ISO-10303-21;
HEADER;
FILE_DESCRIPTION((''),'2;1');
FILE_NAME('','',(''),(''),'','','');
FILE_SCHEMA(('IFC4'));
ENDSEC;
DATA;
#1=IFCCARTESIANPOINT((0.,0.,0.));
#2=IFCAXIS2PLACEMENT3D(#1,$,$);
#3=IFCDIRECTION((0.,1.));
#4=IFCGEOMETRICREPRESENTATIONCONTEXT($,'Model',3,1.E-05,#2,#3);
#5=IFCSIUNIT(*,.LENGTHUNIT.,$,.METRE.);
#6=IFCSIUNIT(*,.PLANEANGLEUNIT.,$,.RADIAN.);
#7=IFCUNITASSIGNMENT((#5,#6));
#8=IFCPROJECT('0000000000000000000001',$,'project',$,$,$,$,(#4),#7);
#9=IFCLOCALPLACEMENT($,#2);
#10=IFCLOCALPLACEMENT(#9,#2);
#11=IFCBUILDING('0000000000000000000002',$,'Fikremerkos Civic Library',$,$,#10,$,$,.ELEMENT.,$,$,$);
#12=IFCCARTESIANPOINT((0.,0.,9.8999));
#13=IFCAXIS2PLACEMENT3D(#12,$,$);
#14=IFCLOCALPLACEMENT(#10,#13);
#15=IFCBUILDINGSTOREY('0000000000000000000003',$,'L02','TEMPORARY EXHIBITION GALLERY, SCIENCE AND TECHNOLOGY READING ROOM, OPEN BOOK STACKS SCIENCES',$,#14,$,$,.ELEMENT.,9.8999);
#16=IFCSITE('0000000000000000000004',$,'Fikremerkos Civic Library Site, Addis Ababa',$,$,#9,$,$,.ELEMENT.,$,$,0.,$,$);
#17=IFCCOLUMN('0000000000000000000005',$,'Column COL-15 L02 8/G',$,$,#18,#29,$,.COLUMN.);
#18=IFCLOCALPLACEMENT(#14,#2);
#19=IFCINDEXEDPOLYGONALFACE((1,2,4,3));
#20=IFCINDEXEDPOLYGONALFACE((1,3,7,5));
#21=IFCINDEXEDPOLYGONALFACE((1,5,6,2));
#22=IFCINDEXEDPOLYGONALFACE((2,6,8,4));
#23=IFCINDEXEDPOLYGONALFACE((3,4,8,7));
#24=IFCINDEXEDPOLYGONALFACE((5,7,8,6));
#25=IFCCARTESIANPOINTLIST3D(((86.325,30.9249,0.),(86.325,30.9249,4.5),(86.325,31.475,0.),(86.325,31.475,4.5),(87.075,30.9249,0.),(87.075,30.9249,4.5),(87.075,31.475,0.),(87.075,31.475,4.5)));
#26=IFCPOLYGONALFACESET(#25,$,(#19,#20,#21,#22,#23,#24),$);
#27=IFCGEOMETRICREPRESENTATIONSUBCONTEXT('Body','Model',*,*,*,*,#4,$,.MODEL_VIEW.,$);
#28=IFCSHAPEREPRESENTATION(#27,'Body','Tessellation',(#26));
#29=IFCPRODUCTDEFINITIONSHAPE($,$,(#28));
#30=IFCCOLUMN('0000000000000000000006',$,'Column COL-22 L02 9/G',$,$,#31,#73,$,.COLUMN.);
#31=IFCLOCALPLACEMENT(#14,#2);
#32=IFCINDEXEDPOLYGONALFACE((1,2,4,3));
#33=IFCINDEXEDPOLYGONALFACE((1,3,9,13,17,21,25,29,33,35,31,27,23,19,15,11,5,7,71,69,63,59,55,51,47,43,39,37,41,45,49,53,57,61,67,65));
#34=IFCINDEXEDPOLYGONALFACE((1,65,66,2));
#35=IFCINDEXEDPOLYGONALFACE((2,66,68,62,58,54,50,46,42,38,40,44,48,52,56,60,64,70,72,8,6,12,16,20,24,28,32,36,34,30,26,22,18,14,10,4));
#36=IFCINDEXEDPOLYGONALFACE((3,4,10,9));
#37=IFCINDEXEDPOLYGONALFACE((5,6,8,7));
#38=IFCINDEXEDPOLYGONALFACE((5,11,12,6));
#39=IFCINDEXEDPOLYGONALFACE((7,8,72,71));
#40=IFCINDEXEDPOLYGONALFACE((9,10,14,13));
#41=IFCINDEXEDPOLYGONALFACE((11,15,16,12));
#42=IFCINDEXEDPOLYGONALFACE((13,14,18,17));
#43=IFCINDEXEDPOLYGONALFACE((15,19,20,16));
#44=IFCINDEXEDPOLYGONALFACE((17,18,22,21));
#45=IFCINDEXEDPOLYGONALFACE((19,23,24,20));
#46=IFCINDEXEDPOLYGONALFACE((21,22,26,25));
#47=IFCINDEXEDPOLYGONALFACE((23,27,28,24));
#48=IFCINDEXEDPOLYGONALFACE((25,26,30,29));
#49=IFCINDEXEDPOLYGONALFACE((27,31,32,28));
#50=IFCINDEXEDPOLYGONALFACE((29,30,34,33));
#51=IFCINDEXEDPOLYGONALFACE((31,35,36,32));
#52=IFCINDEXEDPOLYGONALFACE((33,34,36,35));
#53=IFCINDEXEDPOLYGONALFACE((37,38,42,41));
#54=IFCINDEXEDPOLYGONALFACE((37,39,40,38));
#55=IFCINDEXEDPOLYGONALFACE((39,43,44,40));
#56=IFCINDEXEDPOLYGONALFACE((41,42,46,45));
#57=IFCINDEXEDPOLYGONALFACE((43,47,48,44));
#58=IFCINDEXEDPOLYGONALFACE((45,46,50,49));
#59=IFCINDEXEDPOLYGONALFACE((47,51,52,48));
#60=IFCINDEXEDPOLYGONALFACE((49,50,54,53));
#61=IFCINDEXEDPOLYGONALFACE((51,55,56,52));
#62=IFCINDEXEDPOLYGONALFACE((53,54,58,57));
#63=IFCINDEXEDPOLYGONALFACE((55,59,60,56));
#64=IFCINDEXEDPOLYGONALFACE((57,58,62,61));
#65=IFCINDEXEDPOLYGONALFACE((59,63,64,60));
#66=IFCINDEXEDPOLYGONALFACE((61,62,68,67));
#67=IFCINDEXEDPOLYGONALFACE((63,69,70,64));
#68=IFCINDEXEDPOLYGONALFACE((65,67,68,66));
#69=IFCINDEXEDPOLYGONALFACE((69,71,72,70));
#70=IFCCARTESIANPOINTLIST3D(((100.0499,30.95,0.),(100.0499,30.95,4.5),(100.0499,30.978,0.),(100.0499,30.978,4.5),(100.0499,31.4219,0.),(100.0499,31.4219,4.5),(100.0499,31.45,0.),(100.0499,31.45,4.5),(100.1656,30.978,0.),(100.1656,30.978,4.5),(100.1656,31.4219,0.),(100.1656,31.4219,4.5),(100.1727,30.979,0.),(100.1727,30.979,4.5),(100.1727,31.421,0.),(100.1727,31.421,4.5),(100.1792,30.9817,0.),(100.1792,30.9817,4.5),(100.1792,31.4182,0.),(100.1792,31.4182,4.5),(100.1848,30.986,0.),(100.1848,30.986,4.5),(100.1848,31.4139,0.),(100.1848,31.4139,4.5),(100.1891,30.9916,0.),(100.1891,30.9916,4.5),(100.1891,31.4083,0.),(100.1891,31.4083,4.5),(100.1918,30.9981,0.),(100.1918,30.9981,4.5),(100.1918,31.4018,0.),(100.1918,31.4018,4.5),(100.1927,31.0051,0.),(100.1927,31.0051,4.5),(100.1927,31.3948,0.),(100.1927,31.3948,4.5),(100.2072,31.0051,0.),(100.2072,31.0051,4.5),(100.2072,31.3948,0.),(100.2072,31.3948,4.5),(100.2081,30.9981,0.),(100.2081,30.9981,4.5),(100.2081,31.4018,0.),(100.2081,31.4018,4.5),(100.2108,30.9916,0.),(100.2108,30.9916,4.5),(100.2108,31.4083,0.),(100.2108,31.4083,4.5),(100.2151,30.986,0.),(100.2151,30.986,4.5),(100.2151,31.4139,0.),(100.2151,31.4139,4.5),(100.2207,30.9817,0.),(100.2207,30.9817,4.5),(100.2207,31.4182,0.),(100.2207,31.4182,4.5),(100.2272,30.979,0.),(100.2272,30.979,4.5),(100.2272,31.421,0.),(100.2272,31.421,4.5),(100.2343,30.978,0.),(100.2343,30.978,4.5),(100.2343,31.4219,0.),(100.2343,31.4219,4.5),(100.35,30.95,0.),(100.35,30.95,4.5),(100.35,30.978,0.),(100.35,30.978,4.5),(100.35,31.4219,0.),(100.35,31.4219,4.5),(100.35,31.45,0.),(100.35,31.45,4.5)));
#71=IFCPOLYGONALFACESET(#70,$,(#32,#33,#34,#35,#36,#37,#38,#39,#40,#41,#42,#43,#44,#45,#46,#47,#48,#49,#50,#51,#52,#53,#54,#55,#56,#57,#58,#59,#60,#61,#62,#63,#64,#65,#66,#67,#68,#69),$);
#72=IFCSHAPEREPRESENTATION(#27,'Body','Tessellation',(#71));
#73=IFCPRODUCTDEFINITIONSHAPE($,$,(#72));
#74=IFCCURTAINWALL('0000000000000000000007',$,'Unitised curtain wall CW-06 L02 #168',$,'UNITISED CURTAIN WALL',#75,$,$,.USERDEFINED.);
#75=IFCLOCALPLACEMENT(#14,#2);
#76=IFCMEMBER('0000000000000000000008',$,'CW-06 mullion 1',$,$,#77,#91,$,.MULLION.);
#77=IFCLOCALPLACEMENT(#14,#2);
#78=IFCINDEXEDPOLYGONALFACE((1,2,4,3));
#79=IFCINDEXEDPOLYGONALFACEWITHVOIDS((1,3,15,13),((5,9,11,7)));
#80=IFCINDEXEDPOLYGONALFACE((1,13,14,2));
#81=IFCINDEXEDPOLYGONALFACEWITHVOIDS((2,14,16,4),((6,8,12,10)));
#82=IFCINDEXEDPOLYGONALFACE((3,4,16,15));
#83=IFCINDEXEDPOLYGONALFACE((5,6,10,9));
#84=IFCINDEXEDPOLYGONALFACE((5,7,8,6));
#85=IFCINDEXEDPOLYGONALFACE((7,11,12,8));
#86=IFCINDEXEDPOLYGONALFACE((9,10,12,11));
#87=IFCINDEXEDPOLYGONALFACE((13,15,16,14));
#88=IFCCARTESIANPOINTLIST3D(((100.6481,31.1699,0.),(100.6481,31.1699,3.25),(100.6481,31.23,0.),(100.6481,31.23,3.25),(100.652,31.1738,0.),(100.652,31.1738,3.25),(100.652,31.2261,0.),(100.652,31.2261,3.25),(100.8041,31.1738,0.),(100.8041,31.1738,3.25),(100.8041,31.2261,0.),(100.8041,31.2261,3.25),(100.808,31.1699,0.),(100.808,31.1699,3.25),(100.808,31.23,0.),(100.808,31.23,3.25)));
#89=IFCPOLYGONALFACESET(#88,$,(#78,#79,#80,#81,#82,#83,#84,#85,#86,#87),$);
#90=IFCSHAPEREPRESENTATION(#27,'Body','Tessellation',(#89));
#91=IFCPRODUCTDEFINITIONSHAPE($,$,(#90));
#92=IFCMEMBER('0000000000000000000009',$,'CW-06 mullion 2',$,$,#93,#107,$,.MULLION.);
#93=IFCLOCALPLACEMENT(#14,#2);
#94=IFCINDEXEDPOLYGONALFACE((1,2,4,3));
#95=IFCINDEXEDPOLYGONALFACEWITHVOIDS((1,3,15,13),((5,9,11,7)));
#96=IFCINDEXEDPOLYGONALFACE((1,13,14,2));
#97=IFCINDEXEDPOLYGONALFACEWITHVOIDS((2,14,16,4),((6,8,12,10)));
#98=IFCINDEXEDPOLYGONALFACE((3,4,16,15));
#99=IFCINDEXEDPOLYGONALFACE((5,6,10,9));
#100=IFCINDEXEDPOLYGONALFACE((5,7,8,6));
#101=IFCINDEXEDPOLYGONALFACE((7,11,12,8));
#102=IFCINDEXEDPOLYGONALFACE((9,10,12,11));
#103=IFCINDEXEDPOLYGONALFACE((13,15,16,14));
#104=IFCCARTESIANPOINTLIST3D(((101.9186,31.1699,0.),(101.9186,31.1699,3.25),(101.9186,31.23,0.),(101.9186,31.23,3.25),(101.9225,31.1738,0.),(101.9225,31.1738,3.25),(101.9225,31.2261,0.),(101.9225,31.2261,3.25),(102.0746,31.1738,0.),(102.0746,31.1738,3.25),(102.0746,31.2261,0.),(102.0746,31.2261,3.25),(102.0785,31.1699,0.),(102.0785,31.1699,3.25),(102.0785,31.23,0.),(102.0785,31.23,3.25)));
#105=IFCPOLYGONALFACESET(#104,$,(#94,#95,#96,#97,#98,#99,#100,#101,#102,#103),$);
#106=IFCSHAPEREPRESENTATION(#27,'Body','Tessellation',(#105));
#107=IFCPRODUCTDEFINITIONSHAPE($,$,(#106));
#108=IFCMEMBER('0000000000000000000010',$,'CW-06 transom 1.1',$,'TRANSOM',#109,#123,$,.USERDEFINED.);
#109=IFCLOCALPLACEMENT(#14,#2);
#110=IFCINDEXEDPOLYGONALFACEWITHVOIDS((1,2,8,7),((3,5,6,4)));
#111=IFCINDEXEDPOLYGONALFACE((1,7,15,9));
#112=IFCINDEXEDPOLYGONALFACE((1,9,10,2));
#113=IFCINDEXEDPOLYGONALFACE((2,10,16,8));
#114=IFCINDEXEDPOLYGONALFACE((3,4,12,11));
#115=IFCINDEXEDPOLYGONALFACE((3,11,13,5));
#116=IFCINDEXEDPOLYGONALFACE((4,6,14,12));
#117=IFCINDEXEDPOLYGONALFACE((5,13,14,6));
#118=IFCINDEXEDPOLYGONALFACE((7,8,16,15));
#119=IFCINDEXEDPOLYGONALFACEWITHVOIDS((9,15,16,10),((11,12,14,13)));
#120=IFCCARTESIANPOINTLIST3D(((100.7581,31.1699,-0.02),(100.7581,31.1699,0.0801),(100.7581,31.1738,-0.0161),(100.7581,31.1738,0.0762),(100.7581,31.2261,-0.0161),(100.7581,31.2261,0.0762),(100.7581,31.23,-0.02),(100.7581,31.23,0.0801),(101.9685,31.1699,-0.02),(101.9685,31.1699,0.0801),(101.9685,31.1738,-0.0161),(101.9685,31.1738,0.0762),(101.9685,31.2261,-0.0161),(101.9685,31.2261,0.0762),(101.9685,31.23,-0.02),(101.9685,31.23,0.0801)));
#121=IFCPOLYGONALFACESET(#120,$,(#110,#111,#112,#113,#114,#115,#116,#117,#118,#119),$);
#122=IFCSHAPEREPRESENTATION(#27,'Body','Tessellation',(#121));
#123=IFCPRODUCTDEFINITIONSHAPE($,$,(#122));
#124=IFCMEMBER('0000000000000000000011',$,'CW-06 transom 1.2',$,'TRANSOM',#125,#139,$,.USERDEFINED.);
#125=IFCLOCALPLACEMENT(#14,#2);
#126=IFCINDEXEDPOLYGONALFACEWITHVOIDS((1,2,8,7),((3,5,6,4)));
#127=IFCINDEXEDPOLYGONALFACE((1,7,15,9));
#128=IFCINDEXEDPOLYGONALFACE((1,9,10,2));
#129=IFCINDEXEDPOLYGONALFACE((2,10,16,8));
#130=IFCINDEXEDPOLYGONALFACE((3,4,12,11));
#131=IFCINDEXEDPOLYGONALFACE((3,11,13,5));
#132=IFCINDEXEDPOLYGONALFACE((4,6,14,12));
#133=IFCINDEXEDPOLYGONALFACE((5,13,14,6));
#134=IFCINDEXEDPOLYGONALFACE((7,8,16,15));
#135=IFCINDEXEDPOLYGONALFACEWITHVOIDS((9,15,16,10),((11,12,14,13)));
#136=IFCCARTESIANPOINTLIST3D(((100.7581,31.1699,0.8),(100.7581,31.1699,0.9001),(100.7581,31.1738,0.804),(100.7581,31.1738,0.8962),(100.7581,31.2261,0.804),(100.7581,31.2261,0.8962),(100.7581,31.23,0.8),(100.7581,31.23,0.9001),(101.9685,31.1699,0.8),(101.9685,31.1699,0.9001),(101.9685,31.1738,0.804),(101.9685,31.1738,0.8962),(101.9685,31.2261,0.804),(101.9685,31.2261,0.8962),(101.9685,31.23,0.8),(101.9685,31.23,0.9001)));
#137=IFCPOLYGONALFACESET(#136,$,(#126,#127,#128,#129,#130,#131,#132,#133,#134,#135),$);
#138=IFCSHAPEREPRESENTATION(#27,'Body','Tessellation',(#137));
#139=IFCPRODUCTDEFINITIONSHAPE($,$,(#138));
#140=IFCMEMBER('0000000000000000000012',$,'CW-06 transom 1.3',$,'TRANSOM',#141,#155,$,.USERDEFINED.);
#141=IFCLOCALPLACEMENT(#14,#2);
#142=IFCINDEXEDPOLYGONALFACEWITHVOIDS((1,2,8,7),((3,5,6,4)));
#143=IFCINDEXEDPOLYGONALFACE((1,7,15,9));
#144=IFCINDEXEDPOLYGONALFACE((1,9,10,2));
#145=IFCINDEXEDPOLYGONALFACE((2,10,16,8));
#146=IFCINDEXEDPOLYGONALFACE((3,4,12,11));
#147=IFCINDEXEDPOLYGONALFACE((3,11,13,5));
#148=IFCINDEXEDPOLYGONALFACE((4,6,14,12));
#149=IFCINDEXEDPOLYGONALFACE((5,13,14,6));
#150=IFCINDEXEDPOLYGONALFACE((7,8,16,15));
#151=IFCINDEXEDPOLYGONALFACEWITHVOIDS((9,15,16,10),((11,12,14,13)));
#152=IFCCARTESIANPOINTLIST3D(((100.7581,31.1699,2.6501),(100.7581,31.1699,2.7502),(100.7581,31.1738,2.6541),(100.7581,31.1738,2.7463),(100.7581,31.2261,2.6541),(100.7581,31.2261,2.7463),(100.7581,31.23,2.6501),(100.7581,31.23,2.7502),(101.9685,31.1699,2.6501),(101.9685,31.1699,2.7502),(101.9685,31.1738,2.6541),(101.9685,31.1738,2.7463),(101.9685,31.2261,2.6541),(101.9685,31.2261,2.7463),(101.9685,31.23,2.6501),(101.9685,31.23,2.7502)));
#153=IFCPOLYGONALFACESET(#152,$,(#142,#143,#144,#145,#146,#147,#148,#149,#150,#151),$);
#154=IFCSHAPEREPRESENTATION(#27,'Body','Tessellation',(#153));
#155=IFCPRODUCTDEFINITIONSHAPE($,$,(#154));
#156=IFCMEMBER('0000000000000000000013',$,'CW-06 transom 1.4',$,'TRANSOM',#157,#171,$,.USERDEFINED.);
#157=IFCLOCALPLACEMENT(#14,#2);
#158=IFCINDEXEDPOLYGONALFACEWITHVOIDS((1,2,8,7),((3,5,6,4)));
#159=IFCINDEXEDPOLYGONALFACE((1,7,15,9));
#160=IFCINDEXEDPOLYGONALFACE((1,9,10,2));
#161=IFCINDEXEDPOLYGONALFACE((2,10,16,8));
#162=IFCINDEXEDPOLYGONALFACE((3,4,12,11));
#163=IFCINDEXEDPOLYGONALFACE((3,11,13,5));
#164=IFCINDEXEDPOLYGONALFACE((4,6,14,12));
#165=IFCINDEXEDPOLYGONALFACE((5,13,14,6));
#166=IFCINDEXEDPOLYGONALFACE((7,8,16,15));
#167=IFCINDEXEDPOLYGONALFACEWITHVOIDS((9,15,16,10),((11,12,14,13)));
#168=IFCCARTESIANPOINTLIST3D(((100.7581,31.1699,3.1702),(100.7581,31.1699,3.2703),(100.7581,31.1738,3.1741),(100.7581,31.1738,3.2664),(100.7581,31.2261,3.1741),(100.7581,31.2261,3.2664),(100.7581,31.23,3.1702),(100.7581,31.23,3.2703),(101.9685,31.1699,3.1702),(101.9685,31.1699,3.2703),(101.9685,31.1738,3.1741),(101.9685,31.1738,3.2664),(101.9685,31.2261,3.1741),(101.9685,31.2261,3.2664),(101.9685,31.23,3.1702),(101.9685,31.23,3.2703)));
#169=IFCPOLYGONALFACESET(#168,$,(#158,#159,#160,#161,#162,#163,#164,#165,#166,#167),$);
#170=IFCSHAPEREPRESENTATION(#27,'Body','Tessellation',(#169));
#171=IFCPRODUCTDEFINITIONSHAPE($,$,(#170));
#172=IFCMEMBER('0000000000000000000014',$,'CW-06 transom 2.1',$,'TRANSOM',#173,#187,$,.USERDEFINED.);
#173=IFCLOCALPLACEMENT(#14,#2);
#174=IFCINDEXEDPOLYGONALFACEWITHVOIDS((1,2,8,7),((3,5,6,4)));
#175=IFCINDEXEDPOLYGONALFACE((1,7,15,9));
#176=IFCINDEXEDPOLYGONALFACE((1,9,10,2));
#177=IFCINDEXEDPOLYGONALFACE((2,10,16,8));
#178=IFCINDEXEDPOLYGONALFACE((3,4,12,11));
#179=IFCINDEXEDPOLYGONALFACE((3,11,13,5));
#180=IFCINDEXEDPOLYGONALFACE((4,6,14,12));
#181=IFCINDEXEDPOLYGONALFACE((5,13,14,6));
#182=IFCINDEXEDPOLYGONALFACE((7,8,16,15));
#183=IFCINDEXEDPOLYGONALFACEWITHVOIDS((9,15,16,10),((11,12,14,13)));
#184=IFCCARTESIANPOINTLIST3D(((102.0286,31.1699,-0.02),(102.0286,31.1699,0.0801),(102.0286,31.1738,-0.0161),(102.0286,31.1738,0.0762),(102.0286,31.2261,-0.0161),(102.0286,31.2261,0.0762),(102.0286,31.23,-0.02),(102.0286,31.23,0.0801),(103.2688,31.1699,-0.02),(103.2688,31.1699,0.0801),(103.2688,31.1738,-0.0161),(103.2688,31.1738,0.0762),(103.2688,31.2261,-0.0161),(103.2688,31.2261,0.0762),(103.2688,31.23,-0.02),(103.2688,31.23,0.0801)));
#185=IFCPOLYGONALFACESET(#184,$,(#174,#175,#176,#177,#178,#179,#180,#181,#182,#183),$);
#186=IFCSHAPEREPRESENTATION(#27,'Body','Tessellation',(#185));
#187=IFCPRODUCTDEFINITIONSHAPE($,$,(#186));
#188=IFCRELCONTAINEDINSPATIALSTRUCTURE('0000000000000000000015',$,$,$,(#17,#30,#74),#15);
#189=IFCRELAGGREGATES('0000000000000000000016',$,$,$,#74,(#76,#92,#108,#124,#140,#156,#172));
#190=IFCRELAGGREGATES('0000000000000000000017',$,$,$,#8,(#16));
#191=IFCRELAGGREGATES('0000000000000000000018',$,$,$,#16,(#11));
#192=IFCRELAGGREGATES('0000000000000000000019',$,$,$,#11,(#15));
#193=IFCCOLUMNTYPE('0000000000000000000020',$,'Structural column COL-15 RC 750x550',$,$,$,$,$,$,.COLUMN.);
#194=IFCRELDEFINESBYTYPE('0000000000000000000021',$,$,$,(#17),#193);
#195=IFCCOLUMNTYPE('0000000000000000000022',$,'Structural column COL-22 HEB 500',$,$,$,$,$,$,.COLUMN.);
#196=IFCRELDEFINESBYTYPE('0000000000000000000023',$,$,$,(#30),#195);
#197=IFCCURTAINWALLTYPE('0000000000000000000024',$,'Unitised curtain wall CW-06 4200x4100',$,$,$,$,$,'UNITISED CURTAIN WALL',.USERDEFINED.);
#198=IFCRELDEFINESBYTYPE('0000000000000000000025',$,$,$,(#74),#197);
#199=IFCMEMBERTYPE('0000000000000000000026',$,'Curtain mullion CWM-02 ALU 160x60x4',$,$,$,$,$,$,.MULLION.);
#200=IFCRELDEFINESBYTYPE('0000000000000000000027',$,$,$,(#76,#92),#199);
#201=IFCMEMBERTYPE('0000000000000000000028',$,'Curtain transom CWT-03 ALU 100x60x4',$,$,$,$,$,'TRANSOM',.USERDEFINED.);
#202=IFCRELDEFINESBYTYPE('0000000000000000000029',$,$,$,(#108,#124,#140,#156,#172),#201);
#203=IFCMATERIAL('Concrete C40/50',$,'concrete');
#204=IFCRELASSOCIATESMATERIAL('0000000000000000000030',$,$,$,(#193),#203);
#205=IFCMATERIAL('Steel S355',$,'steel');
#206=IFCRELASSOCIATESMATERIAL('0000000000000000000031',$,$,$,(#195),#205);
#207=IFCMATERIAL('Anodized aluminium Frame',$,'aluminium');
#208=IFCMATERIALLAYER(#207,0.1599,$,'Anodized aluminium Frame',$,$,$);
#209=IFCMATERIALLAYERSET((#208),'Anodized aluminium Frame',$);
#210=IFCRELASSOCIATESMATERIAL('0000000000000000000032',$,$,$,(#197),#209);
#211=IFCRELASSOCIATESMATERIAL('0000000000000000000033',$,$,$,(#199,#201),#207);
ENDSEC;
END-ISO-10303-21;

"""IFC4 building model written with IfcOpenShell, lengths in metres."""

from ifc_helpers import new_model, si_unit, direction, frame, origin, origin_2d, place, context, subcontext, project, spatial, rectangle, hollow_rectangle, i_section, extrude, material, layer, layer_set, material_profile, profile_set, type_object, element, aggregate, save


model = new_model("IFC4")

# Units and contexts
model_context = context("Model", 3, precision=1e-05, world=origin(), true_north=direction((0.0, 1.0)))
body_context = subcontext(model_context, "Body", "Model", "MODEL_VIEW")
ifc_project = project(units=[si_unit("LENGTHUNIT", "METRE"), si_unit("PLANEANGLEUNIT", "RADIAN")], contexts=[model_context])

# Site, building, storey
site_placement = place(None, origin())
site = spatial("IfcSite", under=ifc_project, at=site_placement, Name="Fikremerkos Civic Library Site, Addis Ababa", CompositionType="ELEMENT", RefElevation=0.0)
building_placement = place(site_placement, origin())
building = spatial("IfcBuilding", under=site, at=building_placement, Name="Fikremerkos Civic Library", CompositionType="ELEMENT")
storey_placement = place(building_placement, frame((0.0, 0.0, 9.8999)))
storey = spatial("IfcBuildingStorey", under=building, at=storey_placement, Name="L02", Description="TEMPORARY EXHIBITION GALLERY, SCIENCE AND TECHNOLOGY READING ROOM, OPEN BOOK STACKS SCIENCES", CompositionType="ELEMENT", Elevation=9.8999)

# Columns
ifc_material_1 = material(Name="Concrete C40/50", Category="concrete")
ifc_material_profile_1 = material_profile(ifc_material_1, rectangle(XDim=0.75, YDim=0.55, at=origin_2d()), Name="RC 750x550")
ifc_profile_set_1 = profile_set([ifc_material_profile_1], Name="Concrete C40/50")
column_type_1 = type_object("IfcColumnType", Name="Structural column COL-15 RC 750x550", PredefinedType="COLUMN", material=ifc_profile_set_1)
column_1_placement = place(storey_placement, frame((86.7, 31.2, 0.0), z_axis=(0.0, 0.0, 1.0), x_axis=(1.0, 0.0, 0.0)))
element("IfcColumn", 1, at=column_1_placement, inside=storey, type_object=column_type_1, Name="Column COL-15 L02 8/G", PredefinedType="COLUMN", context=body_context, shape_type="SweptSolid", body=[
    extrude(rectangle(XDim=0.75, YDim=0.55, at=origin_2d()), origin(), (0.0, 0.0, 1.0), 4.5),
])
ifc_material_2 = material(Name="Steel S355", Category="steel")
ifc_material_profile_2 = material_profile(ifc_material_2, i_section(OverallWidth=0.3, OverallDepth=0.5, WebThickness=0.0144, FlangeThickness=0.0281, FilletRadius=0.0271, at=origin_2d()), Name="HEB 500")
ifc_profile_set_2 = profile_set([ifc_material_profile_2], Name="Steel S355")
column_type_2 = type_object("IfcColumnType", Name="Structural column COL-22 HEB 500", PredefinedType="COLUMN", material=ifc_profile_set_2)
column_2_placement = place(storey_placement, frame((100.2, 31.2, 0.0), z_axis=(0.0, 0.0, 1.0), x_axis=(1.0, 0.0, 0.0)))
element("IfcColumn", 2, at=column_2_placement, inside=storey, type_object=column_type_2, Name="Column COL-22 L02 9/G", PredefinedType="COLUMN", context=body_context, shape_type="SweptSolid", body=[
    extrude(i_section(OverallWidth=0.3, OverallDepth=0.5, WebThickness=0.0144, FlangeThickness=0.0281, FilletRadius=0.0271, at=origin_2d()), origin(), (0.0, 0.0, 1.0), 4.5),
])

# Curtain wall, members
ifc_material_3 = material(Name="Anodized aluminium Frame", Category="aluminium")
ifc_layer_1 = layer(ifc_material_3, 0.1599, Name="Anodized aluminium Frame")
ifc_layer_set_1 = layer_set([ifc_layer_1], Name="Anodized aluminium Frame")
curtain_wall_type = type_object("IfcCurtainWallType", Name="Unitised curtain wall CW-06 4200x4100", ElementType="UNITISED CURTAIN WALL", PredefinedType="USERDEFINED", material=ifc_layer_set_1)
curtain_wall_placement = place(storey_placement, origin())
curtain_wall = element("IfcCurtainWall", 3, at=curtain_wall_placement, inside=storey, type_object=curtain_wall_type, Name="Unitised curtain wall CW-06 L02 #168", ObjectType="UNITISED CURTAIN WALL", PredefinedType="USERDEFINED")
ifc_material_profile_3 = material_profile(ifc_material_3, hollow_rectangle(XDim=0.0601, YDim=0.1599, WallThickness=0.0039, at=origin_2d()), Name="ALU 160x60x4")
ifc_profile_set_3 = profile_set([ifc_material_profile_3], Name="Anodized aluminium Frame")
member_type_1 = type_object("IfcMemberType", Name="Curtain mullion CWM-02 ALU 160x60x4", PredefinedType="MULLION", material=ifc_profile_set_3)
member_1_placement = place(storey_placement, frame((100.728, 31.2, 0.0), z_axis=(0.0, 0.0, 1.0), x_axis=(0.0, 1.0, 0.0)))
member_1 = element("IfcMember", 4, at=member_1_placement, type_object=member_type_1, Name="CW-06 mullion 1", PredefinedType="MULLION", context=body_context, shape_type="SweptSolid", body=[
    extrude(hollow_rectangle(XDim=0.0601, YDim=0.1599, WallThickness=0.0039, at=origin_2d()), origin(), (0.0, 0.0, 1.0), 3.25),
])
member_2_placement = place(storey_placement, frame((101.9985, 31.2, 0.0), z_axis=(0.0, 0.0, 1.0), x_axis=(0.0, 1.0, 0.0)))
member_2 = element("IfcMember", 5, at=member_2_placement, type_object=member_type_1, Name="CW-06 mullion 2", PredefinedType="MULLION", context=body_context, shape_type="SweptSolid", body=[
    extrude(hollow_rectangle(XDim=0.0601, YDim=0.1599, WallThickness=0.0039, at=origin_2d()), origin(), (0.0, 0.0, 1.0), 3.25),
])
ifc_material_profile_4 = material_profile(ifc_material_3, hollow_rectangle(XDim=0.0601, YDim=0.1001, WallThickness=0.0039, at=origin_2d()), Name="ALU 100x60x4")
ifc_profile_set_4 = profile_set([ifc_material_profile_4], Name="Anodized aluminium Frame")
member_type_2 = type_object("IfcMemberType", Name="Curtain transom CWT-03 ALU 100x60x4", ElementType="TRANSOM", PredefinedType="USERDEFINED", material=ifc_profile_set_4)
member_3_placement = place(storey_placement, frame((100.7581, 31.2, 0.03), z_axis=(1.0, 0.0, 0.0), x_axis=(0.0, 1.0, 0.0)))
member_3 = element("IfcMember", 6, at=member_3_placement, type_object=member_type_2, Name="CW-06 transom 1.1", ObjectType="TRANSOM", PredefinedType="USERDEFINED", context=body_context, shape_type="SweptSolid", body=[
    extrude(hollow_rectangle(XDim=0.0601, YDim=0.1001, WallThickness=0.0039, at=origin_2d()), origin(), (0.0, 0.0, 1.0), 1.2104),
])
member_4_placement = place(storey_placement, frame((100.7581, 31.2, 0.8501), z_axis=(1.0, 0.0, 0.0), x_axis=(0.0, 1.0, 0.0)))
member_4 = element("IfcMember", 7, at=member_4_placement, type_object=member_type_2, Name="CW-06 transom 1.2", ObjectType="TRANSOM", PredefinedType="USERDEFINED", context=body_context, shape_type="SweptSolid", body=[
    extrude(hollow_rectangle(XDim=0.0601, YDim=0.1001, WallThickness=0.0039, at=origin_2d()), origin(), (0.0, 0.0, 1.0), 1.2104),
])
member_5_placement = place(storey_placement, frame((100.7581, 31.2, 2.7002), z_axis=(1.0, 0.0, 0.0), x_axis=(0.0, 1.0, 0.0)))
member_5 = element("IfcMember", 8, at=member_5_placement, type_object=member_type_2, Name="CW-06 transom 1.3", ObjectType="TRANSOM", PredefinedType="USERDEFINED", context=body_context, shape_type="SweptSolid", body=[
    extrude(hollow_rectangle(XDim=0.0601, YDim=0.1001, WallThickness=0.0039, at=origin_2d()), origin(), (0.0, 0.0, 1.0), 1.2104),
])
member_6_placement = place(storey_placement, frame((100.7581, 31.2, 3.2202), z_axis=(1.0, 0.0, 0.0), x_axis=(0.0, 1.0, 0.0)))
member_6 = element("IfcMember", 9, at=member_6_placement, type_object=member_type_2, Name="CW-06 transom 1.4", ObjectType="TRANSOM", PredefinedType="USERDEFINED", context=body_context, shape_type="SweptSolid", body=[
    extrude(hollow_rectangle(XDim=0.0601, YDim=0.1001, WallThickness=0.0039, at=origin_2d()), origin(), (0.0, 0.0, 1.0), 1.2104),
])
member_7_placement = place(storey_placement, frame((102.0286, 31.2, 0.03), z_axis=(1.0, 0.0, 0.0), x_axis=(0.0, 1.0, 0.0)))
member_7 = element("IfcMember", 10, at=member_7_placement, type_object=member_type_2, Name="CW-06 transom 2.1", ObjectType="TRANSOM", PredefinedType="USERDEFINED", context=body_context, shape_type="SweptSolid", body=[
    extrude(hollow_rectangle(XDim=0.0601, YDim=0.1001, WallThickness=0.0039, at=origin_2d()), origin(), (0.0, 0.0, 1.0), 1.2402),
])

aggregate(curtain_wall, [member_1, member_2, member_3, member_4, member_5, member_6, member_7])

save(model, "model.ifc")
